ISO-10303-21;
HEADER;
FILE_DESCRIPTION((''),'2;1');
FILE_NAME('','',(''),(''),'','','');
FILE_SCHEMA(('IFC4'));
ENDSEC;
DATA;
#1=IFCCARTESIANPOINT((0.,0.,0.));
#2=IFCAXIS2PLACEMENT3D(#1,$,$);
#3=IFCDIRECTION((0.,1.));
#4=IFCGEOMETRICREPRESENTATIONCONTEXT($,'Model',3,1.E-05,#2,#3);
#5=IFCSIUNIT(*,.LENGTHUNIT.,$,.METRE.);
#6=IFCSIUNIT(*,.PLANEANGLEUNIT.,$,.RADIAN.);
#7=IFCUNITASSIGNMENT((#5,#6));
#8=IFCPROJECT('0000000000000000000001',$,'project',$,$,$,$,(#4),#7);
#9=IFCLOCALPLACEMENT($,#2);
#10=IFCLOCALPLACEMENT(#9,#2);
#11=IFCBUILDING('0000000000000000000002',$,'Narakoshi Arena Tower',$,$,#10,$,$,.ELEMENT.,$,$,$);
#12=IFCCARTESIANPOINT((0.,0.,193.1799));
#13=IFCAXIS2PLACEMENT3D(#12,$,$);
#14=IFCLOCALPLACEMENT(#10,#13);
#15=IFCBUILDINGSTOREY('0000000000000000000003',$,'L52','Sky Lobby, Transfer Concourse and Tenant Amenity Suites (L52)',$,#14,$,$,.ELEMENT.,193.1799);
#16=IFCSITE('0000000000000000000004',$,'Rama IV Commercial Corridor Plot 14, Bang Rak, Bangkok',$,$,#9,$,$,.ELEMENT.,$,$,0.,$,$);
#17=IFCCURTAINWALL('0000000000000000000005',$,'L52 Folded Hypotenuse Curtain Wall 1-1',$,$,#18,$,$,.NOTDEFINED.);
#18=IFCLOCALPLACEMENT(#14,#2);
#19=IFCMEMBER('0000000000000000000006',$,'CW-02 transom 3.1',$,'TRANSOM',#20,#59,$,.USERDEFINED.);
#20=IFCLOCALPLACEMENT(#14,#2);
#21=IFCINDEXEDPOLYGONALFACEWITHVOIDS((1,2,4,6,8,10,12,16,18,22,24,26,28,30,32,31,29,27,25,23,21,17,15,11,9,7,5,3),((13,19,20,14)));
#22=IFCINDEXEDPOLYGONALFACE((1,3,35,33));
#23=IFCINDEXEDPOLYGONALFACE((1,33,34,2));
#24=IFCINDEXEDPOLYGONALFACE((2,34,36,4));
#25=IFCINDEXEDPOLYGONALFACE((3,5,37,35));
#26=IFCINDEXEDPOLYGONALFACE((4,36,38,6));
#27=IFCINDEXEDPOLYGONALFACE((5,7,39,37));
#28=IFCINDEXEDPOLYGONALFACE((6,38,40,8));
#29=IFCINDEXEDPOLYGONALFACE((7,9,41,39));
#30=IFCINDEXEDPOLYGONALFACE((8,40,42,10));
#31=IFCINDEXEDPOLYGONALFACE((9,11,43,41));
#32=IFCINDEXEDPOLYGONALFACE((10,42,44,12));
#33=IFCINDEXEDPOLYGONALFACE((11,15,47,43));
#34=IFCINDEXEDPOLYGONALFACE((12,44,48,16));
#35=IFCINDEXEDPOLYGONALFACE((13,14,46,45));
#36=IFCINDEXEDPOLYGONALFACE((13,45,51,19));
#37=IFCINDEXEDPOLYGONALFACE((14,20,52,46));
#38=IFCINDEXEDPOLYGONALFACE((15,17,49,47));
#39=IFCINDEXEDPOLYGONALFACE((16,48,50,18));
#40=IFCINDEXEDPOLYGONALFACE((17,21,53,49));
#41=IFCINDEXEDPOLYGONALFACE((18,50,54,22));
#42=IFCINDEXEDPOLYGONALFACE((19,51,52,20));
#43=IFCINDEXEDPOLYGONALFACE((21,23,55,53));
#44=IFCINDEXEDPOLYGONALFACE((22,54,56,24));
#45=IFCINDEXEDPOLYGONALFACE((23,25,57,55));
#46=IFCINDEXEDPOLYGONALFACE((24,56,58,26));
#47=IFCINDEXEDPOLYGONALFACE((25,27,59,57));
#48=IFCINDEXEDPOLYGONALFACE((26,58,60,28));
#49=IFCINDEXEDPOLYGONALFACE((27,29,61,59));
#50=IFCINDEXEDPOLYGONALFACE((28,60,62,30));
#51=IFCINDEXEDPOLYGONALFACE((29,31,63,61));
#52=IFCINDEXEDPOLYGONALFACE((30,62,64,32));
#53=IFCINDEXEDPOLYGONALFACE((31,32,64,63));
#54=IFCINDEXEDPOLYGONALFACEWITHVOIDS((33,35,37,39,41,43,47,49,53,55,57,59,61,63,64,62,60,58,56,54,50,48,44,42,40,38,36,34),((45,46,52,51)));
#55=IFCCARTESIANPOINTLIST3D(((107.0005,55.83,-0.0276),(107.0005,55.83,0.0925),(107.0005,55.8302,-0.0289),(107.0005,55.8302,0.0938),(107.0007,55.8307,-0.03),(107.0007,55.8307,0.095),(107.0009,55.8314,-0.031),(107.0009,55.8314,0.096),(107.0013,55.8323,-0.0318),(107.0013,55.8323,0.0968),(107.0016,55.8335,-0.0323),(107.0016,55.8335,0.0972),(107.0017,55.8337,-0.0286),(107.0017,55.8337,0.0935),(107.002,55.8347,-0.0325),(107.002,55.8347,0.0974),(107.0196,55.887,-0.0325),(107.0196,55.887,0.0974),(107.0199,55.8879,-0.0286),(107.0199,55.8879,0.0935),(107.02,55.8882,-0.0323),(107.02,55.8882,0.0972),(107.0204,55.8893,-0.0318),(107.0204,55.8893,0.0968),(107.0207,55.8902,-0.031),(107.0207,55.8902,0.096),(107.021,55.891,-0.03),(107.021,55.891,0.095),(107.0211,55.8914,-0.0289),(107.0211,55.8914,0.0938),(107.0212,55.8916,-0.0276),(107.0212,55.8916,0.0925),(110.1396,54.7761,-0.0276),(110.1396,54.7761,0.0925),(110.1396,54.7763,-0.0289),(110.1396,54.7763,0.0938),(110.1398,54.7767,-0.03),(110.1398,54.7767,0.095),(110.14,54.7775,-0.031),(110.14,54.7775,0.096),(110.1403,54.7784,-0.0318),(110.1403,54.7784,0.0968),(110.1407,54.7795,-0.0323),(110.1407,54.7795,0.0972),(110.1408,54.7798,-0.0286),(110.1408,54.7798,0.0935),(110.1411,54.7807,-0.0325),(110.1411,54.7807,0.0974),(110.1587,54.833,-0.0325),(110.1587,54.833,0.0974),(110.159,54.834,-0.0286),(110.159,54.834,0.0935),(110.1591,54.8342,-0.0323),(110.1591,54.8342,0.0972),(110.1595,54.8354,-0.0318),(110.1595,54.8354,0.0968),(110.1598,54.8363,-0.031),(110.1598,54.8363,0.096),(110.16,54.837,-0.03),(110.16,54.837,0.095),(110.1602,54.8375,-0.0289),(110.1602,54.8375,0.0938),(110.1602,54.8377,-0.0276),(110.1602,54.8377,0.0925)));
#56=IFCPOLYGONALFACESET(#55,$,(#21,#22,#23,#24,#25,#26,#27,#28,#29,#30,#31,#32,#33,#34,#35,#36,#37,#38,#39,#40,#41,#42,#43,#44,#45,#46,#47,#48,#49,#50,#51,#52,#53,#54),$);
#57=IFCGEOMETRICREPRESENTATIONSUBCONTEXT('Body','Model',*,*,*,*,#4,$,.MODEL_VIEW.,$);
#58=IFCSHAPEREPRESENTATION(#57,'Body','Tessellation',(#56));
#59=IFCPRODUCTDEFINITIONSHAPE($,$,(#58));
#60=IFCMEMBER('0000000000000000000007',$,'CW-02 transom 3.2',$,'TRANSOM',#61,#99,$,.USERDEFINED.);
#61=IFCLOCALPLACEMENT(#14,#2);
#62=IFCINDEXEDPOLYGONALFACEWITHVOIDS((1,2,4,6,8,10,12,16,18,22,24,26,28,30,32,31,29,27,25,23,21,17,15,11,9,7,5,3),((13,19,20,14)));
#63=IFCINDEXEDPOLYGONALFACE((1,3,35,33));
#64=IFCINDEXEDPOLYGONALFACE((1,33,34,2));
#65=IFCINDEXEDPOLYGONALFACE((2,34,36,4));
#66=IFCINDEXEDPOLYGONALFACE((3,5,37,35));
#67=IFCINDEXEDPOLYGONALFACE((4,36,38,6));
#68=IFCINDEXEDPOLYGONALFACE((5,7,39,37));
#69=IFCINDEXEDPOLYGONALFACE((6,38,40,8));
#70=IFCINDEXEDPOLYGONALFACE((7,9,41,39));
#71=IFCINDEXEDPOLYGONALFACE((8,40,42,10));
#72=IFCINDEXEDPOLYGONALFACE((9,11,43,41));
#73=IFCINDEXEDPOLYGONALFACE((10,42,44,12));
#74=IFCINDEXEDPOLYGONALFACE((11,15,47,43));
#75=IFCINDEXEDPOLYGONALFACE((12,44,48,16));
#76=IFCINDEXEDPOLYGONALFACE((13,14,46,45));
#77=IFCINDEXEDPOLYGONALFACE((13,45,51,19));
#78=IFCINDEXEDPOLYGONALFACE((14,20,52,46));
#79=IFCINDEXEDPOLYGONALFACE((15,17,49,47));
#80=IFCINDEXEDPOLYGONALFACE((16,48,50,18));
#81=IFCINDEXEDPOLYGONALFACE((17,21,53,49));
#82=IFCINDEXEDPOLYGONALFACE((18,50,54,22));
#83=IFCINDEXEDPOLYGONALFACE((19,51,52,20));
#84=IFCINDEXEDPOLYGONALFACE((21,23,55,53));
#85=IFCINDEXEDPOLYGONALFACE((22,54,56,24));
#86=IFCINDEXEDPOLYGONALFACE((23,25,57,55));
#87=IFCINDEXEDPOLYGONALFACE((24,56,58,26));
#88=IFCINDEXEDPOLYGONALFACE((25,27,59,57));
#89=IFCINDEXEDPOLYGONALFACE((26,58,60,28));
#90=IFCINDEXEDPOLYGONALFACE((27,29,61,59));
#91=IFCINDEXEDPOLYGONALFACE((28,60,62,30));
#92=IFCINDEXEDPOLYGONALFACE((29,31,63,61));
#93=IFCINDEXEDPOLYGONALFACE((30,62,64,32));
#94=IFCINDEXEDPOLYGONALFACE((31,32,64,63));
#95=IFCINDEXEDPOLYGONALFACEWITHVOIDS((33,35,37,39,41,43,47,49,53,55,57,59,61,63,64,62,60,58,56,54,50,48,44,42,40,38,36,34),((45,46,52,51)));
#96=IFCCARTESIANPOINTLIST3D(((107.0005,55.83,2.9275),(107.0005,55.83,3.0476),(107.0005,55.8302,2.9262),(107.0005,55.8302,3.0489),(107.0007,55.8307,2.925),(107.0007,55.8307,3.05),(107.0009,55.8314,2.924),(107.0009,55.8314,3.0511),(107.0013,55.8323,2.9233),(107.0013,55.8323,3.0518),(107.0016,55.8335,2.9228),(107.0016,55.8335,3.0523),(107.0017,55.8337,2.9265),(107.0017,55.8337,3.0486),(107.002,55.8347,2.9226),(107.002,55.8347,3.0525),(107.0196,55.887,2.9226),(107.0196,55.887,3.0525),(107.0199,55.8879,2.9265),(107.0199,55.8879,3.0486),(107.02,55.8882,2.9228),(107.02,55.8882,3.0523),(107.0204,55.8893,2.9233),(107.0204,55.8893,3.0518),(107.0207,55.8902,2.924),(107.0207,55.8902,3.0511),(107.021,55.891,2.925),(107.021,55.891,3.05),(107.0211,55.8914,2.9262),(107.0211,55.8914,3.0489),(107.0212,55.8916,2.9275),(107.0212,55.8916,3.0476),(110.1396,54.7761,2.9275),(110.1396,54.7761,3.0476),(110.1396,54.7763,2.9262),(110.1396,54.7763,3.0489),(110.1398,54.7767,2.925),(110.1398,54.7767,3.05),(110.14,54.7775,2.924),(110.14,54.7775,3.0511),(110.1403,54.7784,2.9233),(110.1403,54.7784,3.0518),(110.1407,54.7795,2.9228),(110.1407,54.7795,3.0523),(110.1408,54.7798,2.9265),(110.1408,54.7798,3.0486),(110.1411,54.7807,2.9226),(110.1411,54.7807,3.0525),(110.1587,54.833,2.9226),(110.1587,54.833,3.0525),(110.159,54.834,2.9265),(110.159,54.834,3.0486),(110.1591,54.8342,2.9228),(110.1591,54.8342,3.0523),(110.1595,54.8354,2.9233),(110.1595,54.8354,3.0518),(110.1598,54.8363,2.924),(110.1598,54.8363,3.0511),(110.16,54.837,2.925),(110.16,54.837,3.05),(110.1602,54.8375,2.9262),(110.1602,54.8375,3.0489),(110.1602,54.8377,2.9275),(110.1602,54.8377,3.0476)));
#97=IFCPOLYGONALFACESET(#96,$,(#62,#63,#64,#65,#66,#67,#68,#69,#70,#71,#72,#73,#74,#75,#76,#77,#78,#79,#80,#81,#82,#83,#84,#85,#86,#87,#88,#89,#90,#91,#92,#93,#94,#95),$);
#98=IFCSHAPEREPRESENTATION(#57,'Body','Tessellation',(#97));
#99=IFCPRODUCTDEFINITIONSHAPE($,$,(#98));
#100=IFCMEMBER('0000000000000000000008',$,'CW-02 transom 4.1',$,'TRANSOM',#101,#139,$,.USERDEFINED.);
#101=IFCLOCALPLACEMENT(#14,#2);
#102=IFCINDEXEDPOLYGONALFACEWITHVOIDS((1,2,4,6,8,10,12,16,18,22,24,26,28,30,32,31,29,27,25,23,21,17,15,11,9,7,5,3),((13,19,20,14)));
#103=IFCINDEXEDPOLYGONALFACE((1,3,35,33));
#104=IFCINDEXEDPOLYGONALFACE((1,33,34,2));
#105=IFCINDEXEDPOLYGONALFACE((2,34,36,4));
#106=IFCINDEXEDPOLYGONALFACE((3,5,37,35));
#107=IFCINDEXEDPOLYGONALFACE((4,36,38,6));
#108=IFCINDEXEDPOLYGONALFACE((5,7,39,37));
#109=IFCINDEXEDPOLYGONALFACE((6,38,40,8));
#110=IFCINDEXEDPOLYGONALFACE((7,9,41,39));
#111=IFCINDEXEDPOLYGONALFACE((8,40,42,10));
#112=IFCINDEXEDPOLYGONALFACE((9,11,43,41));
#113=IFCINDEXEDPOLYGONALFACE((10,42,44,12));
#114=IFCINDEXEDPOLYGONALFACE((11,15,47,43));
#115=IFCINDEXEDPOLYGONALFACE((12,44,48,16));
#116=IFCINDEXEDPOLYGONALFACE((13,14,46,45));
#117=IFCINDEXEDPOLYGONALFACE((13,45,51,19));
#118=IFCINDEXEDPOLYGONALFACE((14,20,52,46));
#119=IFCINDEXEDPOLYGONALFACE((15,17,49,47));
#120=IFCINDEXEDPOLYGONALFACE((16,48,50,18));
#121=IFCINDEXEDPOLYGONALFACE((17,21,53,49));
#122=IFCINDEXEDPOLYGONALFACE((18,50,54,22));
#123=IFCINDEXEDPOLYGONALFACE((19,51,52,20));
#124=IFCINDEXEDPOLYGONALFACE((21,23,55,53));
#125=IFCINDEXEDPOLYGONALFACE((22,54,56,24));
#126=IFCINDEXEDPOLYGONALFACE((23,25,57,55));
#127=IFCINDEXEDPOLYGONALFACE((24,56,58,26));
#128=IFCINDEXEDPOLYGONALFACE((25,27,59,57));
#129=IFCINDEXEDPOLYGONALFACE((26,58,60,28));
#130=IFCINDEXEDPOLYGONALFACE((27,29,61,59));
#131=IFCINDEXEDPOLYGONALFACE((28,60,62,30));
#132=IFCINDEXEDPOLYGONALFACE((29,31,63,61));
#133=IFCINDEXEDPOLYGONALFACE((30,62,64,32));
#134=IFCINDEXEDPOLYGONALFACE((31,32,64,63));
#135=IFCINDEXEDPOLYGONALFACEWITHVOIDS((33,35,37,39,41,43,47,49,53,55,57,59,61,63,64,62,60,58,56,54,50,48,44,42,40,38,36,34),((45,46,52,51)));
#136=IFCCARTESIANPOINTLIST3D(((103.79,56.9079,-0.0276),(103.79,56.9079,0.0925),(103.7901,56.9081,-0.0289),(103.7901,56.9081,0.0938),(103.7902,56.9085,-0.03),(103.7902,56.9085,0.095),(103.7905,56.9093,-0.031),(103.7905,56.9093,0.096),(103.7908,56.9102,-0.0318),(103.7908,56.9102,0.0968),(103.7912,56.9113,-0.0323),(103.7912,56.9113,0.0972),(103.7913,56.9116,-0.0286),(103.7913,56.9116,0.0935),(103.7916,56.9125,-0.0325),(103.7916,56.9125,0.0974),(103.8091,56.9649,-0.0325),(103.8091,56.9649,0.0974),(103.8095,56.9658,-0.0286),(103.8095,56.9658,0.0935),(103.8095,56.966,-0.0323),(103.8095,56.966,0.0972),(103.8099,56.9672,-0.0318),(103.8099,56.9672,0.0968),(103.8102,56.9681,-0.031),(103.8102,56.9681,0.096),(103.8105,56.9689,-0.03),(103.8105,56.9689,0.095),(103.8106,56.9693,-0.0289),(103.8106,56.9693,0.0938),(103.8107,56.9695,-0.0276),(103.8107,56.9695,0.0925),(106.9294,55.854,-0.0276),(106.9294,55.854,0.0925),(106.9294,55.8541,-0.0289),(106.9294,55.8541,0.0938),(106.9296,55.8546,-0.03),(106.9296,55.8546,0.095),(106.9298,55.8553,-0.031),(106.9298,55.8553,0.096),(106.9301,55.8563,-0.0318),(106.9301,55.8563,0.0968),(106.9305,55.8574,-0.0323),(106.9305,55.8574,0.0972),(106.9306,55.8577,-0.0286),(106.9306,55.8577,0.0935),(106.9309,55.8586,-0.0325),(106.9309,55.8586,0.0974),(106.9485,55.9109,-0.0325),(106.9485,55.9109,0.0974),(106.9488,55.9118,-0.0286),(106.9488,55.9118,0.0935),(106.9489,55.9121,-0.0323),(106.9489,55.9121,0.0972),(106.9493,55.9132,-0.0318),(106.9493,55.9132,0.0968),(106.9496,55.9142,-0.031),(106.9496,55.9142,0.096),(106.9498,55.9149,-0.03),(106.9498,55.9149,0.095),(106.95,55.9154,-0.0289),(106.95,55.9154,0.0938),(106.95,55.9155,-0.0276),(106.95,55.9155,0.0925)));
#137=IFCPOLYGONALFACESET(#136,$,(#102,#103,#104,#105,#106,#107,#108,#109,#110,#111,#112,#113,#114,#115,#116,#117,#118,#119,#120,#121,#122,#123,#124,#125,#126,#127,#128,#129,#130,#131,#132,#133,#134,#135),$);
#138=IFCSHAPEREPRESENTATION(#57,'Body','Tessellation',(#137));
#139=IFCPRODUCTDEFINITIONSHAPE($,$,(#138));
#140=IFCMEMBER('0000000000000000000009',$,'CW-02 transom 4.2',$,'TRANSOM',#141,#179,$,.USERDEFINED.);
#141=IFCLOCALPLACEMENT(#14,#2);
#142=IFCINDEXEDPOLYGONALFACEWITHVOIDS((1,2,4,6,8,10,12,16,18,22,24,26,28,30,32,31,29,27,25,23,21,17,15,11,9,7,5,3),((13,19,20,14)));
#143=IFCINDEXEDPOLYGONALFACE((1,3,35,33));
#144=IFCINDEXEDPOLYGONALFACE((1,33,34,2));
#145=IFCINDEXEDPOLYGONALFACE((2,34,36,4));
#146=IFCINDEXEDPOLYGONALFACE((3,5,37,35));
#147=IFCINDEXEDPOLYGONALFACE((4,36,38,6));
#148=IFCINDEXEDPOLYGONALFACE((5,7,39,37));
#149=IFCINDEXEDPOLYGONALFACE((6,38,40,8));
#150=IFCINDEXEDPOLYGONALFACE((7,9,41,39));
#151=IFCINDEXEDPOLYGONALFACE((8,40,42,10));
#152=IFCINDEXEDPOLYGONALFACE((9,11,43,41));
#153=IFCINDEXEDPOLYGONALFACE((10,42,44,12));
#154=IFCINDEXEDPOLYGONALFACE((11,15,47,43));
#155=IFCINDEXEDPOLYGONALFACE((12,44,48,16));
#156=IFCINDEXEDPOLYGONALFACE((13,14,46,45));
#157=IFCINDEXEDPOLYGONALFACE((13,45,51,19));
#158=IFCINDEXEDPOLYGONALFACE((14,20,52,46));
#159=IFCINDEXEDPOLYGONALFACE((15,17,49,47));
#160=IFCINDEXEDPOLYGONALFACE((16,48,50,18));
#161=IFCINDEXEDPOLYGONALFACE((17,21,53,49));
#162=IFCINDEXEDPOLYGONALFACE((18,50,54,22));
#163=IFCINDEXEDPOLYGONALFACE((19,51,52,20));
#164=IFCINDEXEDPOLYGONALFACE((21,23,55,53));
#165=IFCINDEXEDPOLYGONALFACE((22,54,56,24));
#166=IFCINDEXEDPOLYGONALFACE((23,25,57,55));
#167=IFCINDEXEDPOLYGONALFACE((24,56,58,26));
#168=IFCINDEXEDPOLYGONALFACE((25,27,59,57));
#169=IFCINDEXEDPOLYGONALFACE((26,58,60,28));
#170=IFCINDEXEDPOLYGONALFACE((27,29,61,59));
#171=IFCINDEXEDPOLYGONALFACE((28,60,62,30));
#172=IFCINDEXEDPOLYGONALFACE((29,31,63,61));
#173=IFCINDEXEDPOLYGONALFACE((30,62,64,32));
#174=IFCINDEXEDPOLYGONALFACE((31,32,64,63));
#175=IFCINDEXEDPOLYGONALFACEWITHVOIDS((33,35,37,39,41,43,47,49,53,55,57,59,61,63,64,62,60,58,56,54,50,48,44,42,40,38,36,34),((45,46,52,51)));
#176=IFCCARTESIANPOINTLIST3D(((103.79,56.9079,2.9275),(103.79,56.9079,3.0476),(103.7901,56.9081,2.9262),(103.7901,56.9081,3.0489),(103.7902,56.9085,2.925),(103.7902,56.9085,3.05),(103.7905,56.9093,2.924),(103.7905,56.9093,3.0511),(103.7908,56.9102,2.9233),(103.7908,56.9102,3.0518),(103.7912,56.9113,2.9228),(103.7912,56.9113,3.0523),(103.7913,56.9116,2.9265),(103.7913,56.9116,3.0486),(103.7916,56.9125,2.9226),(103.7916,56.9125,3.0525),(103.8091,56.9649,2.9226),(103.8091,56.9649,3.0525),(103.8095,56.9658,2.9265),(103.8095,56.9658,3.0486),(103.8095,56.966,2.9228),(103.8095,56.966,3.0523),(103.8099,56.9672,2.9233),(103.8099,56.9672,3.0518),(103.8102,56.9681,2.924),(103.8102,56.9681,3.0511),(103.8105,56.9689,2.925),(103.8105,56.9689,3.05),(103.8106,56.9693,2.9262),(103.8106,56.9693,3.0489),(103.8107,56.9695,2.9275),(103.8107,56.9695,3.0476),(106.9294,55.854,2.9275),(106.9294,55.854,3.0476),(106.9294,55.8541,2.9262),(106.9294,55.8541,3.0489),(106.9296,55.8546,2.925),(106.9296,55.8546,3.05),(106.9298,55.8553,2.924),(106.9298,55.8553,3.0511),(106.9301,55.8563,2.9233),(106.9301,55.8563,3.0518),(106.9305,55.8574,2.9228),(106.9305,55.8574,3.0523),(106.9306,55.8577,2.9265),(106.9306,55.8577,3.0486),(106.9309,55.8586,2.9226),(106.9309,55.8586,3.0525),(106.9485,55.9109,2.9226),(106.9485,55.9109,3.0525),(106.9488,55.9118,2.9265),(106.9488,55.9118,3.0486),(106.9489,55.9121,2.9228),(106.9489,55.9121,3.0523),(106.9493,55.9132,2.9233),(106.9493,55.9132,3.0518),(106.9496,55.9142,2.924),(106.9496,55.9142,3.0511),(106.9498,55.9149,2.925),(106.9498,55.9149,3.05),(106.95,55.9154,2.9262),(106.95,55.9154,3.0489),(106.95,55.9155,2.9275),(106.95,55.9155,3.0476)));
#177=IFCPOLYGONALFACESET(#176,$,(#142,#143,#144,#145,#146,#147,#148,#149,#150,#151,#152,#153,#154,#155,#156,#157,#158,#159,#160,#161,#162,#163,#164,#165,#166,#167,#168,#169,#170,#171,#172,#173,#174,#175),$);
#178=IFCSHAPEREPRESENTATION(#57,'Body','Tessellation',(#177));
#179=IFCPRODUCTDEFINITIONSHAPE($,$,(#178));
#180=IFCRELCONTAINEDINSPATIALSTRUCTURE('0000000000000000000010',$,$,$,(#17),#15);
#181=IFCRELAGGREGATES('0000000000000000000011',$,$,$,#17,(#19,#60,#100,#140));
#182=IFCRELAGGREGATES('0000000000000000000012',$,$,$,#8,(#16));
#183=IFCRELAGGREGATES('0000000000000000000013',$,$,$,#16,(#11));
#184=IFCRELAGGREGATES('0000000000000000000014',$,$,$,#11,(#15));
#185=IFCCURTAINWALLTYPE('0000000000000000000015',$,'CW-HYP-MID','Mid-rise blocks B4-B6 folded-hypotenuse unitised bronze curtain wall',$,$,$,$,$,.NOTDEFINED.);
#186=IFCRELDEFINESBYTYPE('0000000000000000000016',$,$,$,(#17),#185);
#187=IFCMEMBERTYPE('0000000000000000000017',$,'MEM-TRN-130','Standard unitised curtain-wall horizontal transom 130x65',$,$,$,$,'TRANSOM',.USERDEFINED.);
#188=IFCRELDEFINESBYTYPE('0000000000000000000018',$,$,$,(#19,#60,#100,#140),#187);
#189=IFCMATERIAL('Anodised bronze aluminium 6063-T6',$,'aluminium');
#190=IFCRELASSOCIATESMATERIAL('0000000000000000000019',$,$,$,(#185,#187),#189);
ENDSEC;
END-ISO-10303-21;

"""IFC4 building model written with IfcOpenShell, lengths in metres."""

from ifc_helpers import new_model, si_unit, direction, frame, origin, origin_2d, place, context, subcontext, project, spatial, hollow_rectangle, extrude, material, material_profile, profile_set, type_object, element, aggregate, save


model = new_model("IFC4")

# Units and contexts
model_context = context("Model", 3, precision=1e-05, world=origin(), true_north=direction((0.0, 1.0)))
body_context = subcontext(model_context, "Body", "Model", "MODEL_VIEW")
ifc_project = project(units=[si_unit("LENGTHUNIT", "METRE"), si_unit("PLANEANGLEUNIT", "RADIAN")], contexts=[model_context])

# Site, building, storey
site_placement = place(None, origin())
site = spatial("IfcSite", under=ifc_project, at=site_placement, Name="Rama IV Commercial Corridor Plot 14, Bang Rak, Bangkok", CompositionType="ELEMENT", RefElevation=0.0)
building_placement = place(site_placement, origin())
building = spatial("IfcBuilding", under=site, at=building_placement, Name="Narakoshi Arena Tower", CompositionType="ELEMENT")
storey_placement = place(building_placement, frame((0.0, 0.0, 193.1799)))
storey = spatial("IfcBuildingStorey", under=building, at=storey_placement, Name="L52", Description="Sky Lobby, Transfer Concourse and Tenant Amenity Suites (L52)", CompositionType="ELEMENT", Elevation=193.1799)

# Curtain wall, members
ifc_material_1 = material(Name="Anodised bronze aluminium 6063-T6", Category="aluminium")
curtain_wall_type = type_object("IfcCurtainWallType", Name="CW-HYP-MID", Description="Mid-rise blocks B4-B6 folded-hypotenuse unitised bronze curtain wall", PredefinedType="NOTDEFINED", material=ifc_material_1)
curtain_wall_placement = place(storey_placement, origin())
curtain_wall = element("IfcCurtainWall", 1, at=curtain_wall_placement, inside=storey, type_object=curtain_wall_type, Name="L52 Folded Hypotenuse Curtain Wall 1-1", PredefinedType="NOTDEFINED")
ifc_material_profile_1 = material_profile(ifc_material_1, hollow_rectangle(XDim=0.0649, YDim=0.1299, WallThickness=0.0039, OuterFilletRadius=0.0049, at=origin_2d()), Name="TRN130x65x4")
ifc_profile_set_1 = profile_set([ifc_material_profile_1], Name="Anodised bronze aluminium 6063-T6")
member_type_1 = type_object("IfcMemberType", Name="MEM-TRN-130", Description="Standard unitised curtain-wall horizontal transom 130x65", ElementType="TRANSOM", PredefinedType="USERDEFINED", material=ifc_profile_set_1)
member_1_placement = place(storey_placement, frame((110.1499, 54.8069, 0.0325), z_axis=(-0.947995, 0.318284, 0.0), x_axis=(-0.318284, -0.947995, 0.0)))
member_1 = element("IfcMember", 2, at=member_1_placement, type_object=member_type_1, Name="CW-02 transom 3.1", ObjectType="TRANSOM", PredefinedType="USERDEFINED", context=body_context, shape_type="SweptSolid", body=[
    extrude(hollow_rectangle(XDim=0.0649, YDim=0.1299, WallThickness=0.0039, OuterFilletRadius=0.0049, at=origin_2d()), origin(), (0.0, 0.0, 1.0), 3.3113),
])
member_2_placement = place(storey_placement, frame((110.1499, 54.8069, 2.9875), z_axis=(-0.947995, 0.318284, 0.0), x_axis=(-0.318284, -0.947995, 0.0)))
member_2 = element("IfcMember", 3, at=member_2_placement, type_object=member_type_1, Name="CW-02 transom 3.2", ObjectType="TRANSOM", PredefinedType="USERDEFINED", context=body_context, shape_type="SweptSolid", body=[
    extrude(hollow_rectangle(XDim=0.0649, YDim=0.1299, WallThickness=0.0039, OuterFilletRadius=0.0049, at=origin_2d()), origin(), (0.0, 0.0, 1.0), 3.3113),
])
member_3_placement = place(storey_placement, frame((106.9397, 55.8848, 0.0325), z_axis=(-0.948003, 0.318262, 0.0), x_axis=(-0.318262, -0.948003, 0.0)))
member_3 = element("IfcMember", 4, at=member_3_placement, type_object=member_type_1, Name="CW-02 transom 4.1", ObjectType="TRANSOM", PredefinedType="USERDEFINED", context=body_context, shape_type="SweptSolid", body=[
    extrude(hollow_rectangle(XDim=0.0649, YDim=0.1299, WallThickness=0.0039, OuterFilletRadius=0.0049, at=origin_2d()), origin(), (0.0, 0.0, 1.0), 3.3115),
])
member_4_placement = place(storey_placement, frame((106.9397, 55.8848, 2.9875), z_axis=(-0.948003, 0.318262, 0.0), x_axis=(-0.318262, -0.948003, 0.0)))
member_4 = element("IfcMember", 5, at=member_4_placement, type_object=member_type_1, Name="CW-02 transom 4.2", ObjectType="TRANSOM", PredefinedType="USERDEFINED", context=body_context, shape_type="SweptSolid", body=[
    extrude(hollow_rectangle(XDim=0.0649, YDim=0.1299, WallThickness=0.0039, OuterFilletRadius=0.0049, at=origin_2d()), origin(), (0.0, 0.0, 1.0), 3.3115),
])
aggregate(curtain_wall, [member_1, member_2, member_3, member_4])

save(model, "model.ifc")
